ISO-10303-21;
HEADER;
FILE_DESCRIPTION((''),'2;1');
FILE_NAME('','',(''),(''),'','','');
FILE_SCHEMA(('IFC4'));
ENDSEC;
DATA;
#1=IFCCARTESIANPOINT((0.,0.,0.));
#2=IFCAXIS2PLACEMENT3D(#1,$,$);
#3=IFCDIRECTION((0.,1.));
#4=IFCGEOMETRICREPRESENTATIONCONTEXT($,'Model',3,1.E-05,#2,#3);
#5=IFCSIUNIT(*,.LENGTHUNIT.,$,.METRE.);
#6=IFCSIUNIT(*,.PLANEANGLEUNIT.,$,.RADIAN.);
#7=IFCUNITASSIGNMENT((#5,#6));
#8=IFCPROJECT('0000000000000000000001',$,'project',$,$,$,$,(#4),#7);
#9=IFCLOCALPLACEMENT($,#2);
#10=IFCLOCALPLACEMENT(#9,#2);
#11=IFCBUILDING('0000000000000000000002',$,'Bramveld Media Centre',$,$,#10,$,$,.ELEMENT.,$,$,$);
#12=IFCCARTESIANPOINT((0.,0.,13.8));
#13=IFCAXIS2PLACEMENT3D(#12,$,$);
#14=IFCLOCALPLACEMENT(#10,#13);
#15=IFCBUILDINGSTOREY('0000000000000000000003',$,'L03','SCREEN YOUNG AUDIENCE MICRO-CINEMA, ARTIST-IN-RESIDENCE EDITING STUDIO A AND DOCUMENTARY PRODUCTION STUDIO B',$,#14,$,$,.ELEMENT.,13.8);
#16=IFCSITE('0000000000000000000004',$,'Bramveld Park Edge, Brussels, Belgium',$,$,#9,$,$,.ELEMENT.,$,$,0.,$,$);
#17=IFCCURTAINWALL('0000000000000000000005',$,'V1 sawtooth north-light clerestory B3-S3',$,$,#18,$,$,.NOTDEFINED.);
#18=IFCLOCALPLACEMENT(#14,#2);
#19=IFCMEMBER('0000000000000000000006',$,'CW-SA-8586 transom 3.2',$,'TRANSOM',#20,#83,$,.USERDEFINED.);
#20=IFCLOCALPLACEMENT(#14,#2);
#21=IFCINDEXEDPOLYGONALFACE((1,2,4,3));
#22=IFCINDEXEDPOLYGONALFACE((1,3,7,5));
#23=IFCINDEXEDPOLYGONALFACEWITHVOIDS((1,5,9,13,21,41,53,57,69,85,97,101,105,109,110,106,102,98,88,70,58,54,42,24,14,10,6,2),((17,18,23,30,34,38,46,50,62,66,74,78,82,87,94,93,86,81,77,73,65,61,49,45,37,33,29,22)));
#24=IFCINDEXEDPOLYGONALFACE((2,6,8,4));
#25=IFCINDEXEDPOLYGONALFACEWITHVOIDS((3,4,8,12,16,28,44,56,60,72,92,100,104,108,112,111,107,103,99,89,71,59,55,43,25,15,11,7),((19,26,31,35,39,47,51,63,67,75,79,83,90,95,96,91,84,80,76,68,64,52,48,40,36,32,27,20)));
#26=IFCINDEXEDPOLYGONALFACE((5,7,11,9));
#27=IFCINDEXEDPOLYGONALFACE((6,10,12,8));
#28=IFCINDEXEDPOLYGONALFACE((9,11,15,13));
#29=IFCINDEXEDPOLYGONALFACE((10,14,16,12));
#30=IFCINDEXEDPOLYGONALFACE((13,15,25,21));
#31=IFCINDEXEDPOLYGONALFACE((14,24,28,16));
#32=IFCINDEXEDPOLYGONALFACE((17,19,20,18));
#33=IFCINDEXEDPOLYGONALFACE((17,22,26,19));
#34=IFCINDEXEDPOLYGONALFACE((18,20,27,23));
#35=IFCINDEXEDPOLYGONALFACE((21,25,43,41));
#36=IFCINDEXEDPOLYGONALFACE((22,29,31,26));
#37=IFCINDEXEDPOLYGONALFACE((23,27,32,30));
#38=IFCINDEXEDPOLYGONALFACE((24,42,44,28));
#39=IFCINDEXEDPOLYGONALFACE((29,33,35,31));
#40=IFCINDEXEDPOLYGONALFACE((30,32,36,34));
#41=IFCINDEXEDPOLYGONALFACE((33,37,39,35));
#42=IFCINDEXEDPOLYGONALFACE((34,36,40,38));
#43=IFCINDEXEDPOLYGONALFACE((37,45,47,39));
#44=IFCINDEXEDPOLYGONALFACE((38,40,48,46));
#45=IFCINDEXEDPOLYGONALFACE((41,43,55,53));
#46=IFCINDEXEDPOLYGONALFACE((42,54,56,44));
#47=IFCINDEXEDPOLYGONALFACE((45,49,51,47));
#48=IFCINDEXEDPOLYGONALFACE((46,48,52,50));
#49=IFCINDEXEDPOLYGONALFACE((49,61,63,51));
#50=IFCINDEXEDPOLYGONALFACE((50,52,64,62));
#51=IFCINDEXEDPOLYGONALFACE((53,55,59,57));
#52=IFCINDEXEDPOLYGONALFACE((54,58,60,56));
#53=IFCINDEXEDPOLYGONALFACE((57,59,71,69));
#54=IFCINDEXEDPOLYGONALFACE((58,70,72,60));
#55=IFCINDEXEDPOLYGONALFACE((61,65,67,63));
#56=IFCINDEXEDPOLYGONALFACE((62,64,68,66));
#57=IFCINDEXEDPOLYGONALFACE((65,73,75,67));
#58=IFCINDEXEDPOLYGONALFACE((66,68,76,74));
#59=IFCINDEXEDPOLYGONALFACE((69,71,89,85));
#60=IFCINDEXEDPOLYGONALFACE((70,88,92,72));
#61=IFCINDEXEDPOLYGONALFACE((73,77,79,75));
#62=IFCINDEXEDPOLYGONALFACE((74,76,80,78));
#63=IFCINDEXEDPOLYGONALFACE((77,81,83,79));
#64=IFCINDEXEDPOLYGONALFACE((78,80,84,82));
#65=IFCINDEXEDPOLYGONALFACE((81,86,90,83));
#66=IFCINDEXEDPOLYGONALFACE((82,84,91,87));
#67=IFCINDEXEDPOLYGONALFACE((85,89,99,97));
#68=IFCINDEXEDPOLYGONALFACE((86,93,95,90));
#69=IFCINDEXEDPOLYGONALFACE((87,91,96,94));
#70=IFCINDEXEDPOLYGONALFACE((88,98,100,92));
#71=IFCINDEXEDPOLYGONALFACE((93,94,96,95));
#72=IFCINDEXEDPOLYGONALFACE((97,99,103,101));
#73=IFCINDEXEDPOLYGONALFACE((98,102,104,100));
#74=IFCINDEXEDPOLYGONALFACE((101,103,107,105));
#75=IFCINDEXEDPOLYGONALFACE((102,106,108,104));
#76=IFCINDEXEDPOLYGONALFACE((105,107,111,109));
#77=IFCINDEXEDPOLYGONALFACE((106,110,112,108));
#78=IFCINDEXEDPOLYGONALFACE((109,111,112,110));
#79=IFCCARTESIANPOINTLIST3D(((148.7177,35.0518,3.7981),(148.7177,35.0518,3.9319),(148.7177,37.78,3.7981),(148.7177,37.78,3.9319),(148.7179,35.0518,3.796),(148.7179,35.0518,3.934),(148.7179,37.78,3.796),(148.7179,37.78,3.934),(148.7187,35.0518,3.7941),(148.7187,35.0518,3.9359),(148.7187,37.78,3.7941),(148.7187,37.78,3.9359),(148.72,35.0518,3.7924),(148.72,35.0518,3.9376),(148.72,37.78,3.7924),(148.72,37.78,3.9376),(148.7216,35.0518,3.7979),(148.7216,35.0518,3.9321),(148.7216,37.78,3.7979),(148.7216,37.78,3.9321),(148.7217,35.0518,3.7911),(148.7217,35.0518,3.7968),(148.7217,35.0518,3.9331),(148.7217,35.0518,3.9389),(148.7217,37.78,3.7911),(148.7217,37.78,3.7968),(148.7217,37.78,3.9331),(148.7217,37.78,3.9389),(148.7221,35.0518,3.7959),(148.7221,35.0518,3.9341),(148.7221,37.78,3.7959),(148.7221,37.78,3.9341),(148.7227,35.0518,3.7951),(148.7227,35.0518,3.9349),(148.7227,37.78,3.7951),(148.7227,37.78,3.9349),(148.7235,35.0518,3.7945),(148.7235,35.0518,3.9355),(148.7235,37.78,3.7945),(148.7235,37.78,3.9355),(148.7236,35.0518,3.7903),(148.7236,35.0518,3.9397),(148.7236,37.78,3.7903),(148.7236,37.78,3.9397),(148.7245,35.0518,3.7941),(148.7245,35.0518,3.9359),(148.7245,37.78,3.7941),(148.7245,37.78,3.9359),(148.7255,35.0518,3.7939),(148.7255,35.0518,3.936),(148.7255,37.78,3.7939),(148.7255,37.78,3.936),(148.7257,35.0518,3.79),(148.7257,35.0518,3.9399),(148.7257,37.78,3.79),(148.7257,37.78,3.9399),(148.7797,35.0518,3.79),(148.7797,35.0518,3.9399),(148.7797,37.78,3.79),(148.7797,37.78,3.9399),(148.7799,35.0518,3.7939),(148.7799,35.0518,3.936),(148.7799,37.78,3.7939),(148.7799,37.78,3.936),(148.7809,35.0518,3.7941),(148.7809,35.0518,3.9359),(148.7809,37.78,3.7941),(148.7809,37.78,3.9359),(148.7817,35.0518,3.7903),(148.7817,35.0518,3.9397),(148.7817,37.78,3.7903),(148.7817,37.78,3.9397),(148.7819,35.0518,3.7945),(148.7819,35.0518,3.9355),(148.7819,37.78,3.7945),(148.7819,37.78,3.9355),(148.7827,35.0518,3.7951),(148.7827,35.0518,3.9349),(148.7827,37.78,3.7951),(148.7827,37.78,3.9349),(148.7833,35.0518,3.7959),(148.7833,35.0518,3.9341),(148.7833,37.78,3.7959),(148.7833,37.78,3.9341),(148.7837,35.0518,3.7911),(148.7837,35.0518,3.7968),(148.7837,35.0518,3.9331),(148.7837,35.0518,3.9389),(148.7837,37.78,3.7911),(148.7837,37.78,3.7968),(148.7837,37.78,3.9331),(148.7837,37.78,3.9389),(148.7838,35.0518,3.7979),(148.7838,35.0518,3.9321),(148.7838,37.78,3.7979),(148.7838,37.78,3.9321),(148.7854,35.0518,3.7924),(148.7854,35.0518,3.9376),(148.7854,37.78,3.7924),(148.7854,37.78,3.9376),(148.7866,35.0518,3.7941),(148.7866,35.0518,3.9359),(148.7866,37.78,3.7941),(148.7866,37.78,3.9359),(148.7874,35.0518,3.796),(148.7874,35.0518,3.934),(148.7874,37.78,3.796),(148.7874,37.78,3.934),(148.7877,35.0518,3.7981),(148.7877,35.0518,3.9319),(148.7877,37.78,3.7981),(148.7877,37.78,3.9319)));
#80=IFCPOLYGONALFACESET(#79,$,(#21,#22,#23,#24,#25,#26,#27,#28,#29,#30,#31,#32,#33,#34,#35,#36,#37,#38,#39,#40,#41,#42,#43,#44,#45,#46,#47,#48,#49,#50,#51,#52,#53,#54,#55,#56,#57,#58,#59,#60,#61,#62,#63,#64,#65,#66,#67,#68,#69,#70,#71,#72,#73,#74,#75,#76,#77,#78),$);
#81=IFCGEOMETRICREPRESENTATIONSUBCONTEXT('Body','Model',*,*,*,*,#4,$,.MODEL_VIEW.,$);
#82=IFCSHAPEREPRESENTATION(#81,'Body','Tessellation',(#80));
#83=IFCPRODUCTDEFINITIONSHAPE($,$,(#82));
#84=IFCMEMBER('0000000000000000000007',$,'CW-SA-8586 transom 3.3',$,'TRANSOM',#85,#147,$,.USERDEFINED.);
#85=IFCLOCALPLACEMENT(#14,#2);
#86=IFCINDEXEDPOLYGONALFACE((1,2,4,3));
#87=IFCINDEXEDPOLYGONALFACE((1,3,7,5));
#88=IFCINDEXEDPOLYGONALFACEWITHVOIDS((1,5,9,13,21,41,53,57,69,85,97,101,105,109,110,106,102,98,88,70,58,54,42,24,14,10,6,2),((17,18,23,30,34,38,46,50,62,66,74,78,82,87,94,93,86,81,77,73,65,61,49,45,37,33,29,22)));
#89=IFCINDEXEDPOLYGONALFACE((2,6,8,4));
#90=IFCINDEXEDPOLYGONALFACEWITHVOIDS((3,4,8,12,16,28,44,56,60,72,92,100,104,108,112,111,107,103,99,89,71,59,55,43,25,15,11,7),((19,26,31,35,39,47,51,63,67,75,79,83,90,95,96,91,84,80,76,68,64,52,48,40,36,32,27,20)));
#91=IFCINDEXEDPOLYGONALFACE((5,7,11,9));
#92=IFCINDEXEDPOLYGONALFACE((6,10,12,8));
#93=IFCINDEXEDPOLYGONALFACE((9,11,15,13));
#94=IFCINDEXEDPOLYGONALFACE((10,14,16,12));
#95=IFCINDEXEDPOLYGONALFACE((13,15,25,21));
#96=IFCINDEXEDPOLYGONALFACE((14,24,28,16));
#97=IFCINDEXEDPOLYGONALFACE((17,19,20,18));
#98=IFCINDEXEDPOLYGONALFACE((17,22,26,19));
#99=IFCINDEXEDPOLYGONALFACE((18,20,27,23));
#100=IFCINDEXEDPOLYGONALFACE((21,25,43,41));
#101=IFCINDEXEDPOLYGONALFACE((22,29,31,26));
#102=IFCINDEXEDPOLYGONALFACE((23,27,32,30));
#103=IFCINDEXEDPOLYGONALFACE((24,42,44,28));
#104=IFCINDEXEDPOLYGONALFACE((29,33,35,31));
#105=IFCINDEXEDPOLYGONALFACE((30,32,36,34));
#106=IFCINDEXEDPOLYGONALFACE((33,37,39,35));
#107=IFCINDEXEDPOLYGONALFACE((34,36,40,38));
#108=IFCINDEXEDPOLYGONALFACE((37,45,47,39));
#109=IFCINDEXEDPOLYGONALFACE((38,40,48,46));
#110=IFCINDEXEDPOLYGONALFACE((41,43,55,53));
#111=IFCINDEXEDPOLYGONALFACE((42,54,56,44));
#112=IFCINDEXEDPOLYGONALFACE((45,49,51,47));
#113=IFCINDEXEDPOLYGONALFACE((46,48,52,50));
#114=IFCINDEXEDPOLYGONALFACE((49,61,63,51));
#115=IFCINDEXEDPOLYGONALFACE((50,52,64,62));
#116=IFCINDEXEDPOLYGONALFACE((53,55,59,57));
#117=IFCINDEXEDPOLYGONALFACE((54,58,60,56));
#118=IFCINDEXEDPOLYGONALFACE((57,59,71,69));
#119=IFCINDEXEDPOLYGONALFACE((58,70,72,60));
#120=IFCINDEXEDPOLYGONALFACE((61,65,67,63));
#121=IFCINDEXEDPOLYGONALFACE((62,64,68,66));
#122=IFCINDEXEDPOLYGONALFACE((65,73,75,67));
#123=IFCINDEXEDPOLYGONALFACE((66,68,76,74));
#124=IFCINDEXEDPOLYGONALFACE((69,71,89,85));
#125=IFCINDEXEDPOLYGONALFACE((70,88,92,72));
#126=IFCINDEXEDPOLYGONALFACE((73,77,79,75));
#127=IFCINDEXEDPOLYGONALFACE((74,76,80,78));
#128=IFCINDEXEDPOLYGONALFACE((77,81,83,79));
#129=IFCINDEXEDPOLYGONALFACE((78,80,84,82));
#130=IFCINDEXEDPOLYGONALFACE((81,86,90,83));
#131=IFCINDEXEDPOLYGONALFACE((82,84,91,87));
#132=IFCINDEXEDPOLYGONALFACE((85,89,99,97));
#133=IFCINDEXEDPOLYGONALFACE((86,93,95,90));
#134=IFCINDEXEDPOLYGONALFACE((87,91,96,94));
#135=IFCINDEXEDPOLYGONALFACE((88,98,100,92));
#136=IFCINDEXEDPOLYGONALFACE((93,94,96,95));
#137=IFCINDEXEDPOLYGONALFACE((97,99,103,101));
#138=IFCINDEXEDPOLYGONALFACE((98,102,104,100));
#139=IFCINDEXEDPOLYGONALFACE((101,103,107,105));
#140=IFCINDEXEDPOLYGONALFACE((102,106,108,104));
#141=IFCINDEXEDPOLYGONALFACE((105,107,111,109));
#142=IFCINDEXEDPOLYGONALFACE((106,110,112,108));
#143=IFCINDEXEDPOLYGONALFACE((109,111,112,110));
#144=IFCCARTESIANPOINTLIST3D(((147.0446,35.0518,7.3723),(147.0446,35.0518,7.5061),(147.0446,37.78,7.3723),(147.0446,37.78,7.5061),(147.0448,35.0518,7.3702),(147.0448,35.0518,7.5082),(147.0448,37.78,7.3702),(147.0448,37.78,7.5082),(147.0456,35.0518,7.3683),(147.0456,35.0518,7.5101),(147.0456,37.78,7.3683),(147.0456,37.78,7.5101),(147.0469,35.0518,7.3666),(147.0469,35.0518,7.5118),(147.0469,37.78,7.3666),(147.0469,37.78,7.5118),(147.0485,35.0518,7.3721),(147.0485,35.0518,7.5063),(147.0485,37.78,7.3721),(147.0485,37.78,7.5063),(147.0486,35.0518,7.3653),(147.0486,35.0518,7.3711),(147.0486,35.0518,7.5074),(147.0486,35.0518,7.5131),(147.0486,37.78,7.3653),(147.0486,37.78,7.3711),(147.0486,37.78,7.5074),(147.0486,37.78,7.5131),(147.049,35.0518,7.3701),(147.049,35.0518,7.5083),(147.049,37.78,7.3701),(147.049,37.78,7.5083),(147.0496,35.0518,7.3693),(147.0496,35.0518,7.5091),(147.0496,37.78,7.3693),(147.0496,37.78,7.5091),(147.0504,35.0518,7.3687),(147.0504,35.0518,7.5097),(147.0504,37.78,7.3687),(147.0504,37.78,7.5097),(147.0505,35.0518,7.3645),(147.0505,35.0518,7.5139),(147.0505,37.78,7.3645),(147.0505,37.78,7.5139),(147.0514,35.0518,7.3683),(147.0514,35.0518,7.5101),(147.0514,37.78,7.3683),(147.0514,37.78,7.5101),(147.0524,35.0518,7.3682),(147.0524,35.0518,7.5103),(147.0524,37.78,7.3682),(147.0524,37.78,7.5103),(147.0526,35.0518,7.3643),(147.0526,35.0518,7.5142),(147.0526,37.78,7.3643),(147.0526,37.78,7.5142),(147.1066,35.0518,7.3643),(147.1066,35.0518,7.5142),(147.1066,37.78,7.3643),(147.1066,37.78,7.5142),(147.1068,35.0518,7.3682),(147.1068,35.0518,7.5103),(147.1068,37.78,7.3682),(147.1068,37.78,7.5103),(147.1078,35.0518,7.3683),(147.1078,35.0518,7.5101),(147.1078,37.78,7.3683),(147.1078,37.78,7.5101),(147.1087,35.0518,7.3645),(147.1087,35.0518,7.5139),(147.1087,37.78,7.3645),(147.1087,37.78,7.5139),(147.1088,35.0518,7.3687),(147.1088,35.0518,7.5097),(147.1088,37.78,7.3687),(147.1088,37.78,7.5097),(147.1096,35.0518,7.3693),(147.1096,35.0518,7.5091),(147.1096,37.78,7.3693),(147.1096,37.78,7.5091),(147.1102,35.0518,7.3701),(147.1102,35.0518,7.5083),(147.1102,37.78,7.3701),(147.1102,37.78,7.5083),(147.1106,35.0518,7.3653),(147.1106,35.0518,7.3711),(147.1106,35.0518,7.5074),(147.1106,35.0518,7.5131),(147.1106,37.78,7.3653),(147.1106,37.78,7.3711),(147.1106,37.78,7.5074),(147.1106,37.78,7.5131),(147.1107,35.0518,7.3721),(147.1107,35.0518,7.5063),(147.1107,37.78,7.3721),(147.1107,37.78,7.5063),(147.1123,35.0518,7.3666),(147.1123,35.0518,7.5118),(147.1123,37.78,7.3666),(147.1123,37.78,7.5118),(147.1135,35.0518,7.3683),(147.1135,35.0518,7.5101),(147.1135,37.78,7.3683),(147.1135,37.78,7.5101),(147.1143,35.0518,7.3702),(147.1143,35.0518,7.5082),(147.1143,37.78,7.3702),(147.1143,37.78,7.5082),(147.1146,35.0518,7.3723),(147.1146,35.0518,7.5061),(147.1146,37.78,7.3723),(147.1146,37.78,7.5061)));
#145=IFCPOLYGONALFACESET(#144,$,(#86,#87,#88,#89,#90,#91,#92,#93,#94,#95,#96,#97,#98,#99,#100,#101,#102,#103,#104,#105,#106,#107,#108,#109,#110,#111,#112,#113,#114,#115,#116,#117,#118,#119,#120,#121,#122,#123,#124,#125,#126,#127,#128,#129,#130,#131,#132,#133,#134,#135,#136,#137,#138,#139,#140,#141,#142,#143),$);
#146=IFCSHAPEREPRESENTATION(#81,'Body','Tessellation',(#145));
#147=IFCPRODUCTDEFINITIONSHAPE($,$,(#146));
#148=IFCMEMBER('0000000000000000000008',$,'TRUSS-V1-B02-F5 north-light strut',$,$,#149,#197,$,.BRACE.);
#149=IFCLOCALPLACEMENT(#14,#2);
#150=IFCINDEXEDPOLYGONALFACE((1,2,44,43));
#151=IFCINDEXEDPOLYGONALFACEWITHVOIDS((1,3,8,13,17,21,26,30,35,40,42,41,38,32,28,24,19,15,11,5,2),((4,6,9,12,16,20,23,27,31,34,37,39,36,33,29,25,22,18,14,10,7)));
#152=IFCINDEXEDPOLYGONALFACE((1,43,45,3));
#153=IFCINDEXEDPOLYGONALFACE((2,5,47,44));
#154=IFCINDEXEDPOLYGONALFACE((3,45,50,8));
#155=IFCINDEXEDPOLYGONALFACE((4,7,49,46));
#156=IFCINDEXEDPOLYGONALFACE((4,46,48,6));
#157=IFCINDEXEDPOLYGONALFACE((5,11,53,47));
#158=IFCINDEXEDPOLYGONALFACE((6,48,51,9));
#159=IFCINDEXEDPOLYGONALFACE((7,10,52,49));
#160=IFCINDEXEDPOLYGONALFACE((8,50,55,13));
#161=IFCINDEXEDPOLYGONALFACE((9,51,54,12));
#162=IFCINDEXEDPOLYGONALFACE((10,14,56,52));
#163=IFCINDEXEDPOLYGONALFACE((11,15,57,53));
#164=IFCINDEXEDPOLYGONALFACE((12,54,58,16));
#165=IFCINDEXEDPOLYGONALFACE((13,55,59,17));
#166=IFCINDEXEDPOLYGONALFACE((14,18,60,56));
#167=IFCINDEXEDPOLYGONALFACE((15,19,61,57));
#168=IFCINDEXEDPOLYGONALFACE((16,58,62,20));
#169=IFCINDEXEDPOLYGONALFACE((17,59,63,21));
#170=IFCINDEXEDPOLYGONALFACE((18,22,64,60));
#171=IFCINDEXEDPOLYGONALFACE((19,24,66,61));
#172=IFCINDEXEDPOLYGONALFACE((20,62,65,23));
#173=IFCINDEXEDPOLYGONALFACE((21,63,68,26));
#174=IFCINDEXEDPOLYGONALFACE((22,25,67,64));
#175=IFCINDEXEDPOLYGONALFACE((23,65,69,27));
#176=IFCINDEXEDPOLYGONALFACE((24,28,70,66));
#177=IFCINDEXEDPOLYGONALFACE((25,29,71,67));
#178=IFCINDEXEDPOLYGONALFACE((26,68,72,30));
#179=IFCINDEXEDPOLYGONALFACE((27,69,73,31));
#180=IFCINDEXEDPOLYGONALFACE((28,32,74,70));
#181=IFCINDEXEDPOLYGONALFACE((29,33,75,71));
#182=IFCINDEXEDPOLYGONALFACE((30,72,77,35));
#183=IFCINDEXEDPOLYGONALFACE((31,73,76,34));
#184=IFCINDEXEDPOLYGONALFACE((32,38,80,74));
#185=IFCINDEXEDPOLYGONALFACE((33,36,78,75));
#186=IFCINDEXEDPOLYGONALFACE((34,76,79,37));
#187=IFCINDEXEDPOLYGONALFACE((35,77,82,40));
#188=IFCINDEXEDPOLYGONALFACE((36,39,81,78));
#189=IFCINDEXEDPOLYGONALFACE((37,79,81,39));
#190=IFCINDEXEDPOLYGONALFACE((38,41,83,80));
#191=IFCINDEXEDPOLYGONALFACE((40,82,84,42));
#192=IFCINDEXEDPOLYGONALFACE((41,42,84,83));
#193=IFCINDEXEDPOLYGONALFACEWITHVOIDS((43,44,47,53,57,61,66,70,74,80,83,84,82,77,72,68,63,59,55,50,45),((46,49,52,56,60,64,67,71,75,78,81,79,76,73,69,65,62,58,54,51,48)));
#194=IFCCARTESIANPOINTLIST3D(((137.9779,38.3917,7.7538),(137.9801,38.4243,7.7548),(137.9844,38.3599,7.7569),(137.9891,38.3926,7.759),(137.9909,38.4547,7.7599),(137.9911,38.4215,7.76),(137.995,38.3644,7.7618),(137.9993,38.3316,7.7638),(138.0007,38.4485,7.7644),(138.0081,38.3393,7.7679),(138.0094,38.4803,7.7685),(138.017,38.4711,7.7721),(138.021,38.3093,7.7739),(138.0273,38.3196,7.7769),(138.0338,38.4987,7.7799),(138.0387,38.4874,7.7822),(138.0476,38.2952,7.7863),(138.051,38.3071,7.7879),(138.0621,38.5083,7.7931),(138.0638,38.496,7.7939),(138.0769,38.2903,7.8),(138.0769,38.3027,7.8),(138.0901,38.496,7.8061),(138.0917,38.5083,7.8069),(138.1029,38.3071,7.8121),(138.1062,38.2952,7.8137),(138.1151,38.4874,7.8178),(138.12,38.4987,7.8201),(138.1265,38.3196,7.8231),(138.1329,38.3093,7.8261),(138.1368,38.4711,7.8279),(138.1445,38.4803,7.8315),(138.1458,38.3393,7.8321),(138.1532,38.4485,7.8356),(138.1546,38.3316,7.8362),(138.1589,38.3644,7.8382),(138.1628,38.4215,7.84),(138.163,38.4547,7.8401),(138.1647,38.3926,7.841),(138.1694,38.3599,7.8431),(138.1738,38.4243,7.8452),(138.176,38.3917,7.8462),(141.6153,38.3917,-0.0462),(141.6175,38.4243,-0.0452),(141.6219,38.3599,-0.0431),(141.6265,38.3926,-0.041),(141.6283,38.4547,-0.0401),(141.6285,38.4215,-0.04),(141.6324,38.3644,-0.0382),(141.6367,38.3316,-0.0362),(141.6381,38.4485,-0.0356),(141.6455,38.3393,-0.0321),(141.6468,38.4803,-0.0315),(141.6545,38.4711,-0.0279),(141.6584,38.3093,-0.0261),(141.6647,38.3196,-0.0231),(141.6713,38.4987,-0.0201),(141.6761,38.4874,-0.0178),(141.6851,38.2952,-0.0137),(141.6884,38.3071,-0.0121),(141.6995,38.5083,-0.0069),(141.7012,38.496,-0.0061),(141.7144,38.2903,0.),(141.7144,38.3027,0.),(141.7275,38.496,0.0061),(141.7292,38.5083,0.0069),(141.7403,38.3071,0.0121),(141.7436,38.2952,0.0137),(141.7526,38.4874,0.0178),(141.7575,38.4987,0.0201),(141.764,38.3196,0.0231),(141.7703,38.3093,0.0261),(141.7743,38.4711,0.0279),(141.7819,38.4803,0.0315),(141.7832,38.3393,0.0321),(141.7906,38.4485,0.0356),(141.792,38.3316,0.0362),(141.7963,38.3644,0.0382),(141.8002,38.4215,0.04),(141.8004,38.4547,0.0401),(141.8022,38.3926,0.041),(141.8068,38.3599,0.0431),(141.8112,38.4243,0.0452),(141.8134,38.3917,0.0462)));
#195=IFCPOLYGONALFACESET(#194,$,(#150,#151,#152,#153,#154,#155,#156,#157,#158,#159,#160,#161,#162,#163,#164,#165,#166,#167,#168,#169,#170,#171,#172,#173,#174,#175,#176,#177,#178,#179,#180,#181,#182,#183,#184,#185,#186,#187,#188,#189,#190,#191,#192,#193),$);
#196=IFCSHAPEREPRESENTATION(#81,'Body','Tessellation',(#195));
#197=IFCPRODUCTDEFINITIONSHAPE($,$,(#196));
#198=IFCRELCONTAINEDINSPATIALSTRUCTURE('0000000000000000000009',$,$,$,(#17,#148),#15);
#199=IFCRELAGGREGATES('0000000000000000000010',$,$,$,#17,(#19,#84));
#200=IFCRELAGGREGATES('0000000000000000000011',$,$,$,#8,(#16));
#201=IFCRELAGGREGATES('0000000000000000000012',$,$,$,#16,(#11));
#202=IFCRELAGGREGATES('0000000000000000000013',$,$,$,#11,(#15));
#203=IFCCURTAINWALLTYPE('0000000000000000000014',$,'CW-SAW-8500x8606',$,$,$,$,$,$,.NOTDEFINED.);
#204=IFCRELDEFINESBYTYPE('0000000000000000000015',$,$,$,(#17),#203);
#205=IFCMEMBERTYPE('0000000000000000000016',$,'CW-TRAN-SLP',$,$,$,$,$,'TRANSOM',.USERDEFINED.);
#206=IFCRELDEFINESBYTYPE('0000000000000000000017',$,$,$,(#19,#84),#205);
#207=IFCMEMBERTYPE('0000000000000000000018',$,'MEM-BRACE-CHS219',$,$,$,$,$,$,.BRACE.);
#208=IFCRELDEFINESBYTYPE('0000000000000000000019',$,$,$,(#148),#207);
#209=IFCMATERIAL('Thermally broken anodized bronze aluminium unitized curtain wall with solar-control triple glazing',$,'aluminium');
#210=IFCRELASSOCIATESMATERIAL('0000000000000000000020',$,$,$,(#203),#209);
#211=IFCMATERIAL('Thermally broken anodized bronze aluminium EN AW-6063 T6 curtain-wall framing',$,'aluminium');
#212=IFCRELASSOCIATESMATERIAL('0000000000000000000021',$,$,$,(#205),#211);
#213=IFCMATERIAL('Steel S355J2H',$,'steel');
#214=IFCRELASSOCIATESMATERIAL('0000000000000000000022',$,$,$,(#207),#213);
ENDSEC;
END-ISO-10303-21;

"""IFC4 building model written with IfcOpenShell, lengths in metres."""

from ifc_helpers import new_model, si_unit, direction, frame, origin, origin_2d, place, context, subcontext, project, spatial, hollow_rectangle, hollow_circle, extrude, material, material_profile, profile_set, type_object, element, aggregate, save


model = new_model("IFC4")

# Units and contexts
model_context = context("Model", 3, precision=1e-05, world=origin(), true_north=direction((0.0, 1.0)))
body_context = subcontext(model_context, "Body", "Model", "MODEL_VIEW")
ifc_project = project(units=[si_unit("LENGTHUNIT", "METRE"), si_unit("PLANEANGLEUNIT", "RADIAN")], contexts=[model_context])

# Site, building, storey
site_placement = place(None, origin())
site = spatial("IfcSite", under=ifc_project, at=site_placement, Name="Bramveld Park Edge, Brussels, Belgium", CompositionType="ELEMENT", RefElevation=0.0)
building_placement = place(site_placement, origin())
building = spatial("IfcBuilding", under=site, at=building_placement, Name="Bramveld Media Centre", CompositionType="ELEMENT")
storey_placement = place(building_placement, frame((0.0, 0.0, 13.8)))
storey = spatial("IfcBuildingStorey", under=building, at=storey_placement, Name="L03", Description="SCREEN YOUNG AUDIENCE MICRO-CINEMA, ARTIST-IN-RESIDENCE EDITING STUDIO A AND DOCUMENTARY PRODUCTION STUDIO B", CompositionType="ELEMENT", Elevation=13.8)

# Curtain wall, members
ifc_material_1 = material(Name="Thermally broken anodized bronze aluminium unitized curtain wall with solar-control triple glazing", Category="aluminium")
curtain_wall_type = type_object("IfcCurtainWallType", Name="CW-SAW-8500x8606", PredefinedType="NOTDEFINED", material=ifc_material_1)
ifc_material_2 = material(Name="Thermally broken anodized bronze aluminium EN AW-6063 T6 curtain-wall framing", Category="aluminium")
ifc_material_profile_1 = material_profile(ifc_material_2, hollow_rectangle(XDim=0.0701, YDim=0.1499, WallThickness=0.0039, InnerFilletRadius=0.0039, OuterFilletRadius=0.0081, at=origin_2d()), Name="AL-TRAN 70x150")
ifc_profile_set_1 = profile_set([ifc_material_profile_1], Name="Thermally broken anodized bronze aluminium EN AW-6063 T6 curtain-wall framing")
member_type_1 = type_object("IfcMemberType", Name="CW-TRAN-SLP", ElementType="TRANSOM", PredefinedType="USERDEFINED", material=ifc_profile_set_1)
curtain_wall_1_placement = place(storey_placement, origin())
curtain_wall_1 = element("IfcCurtainWall", 1, at=curtain_wall_1_placement, inside=storey, type_object=curtain_wall_type, Name="V1 sawtooth north-light clerestory B3-S3", PredefinedType="NOTDEFINED")
member_1_placement = place(storey_placement, frame((148.7527, 35.0518, 3.865), z_axis=(0.0, 1.0, 0.0), x_axis=(-1.0, 0.0, 0.0)))
member_1 = element("IfcMember", 2, at=member_1_placement, type_object=member_type_1, Name="CW-SA-8586 transom 3.2", ObjectType="TRANSOM", PredefinedType="USERDEFINED", context=body_context, shape_type="SweptSolid", body=[
    extrude(hollow_rectangle(XDim=0.0701, YDim=0.1499, WallThickness=0.0039, InnerFilletRadius=0.0039, OuterFilletRadius=0.0081, at=origin_2d()), origin(), (0.0, 0.0, 1.0), 2.7283),
])
member_2_placement = place(storey_placement, frame((147.0796, 35.0518, 7.4392), z_axis=(0.0, 1.0, 0.0), x_axis=(-1.0, 0.0, 0.0)))
member_2 = element("IfcMember", 3, at=member_2_placement, type_object=member_type_1, Name="CW-SA-8586 transom 3.3", ObjectType="TRANSOM", PredefinedType="USERDEFINED", context=body_context, shape_type="SweptSolid", body=[
    extrude(hollow_rectangle(XDim=0.0701, YDim=0.1499, WallThickness=0.0039, InnerFilletRadius=0.0039, OuterFilletRadius=0.0081, at=origin_2d()), origin(), (0.0, 0.0, 1.0), 2.7283),
])

# Member
ifc_material_3 = material(Name="Steel S355J2H", Category="steel")
ifc_material_profile_2 = material_profile(ifc_material_3, hollow_circle(Radius=0.1096, WallThickness=0.0125, at=origin_2d()), Name="CHS 219.1x12.5")
ifc_profile_set_2 = profile_set([ifc_material_profile_2], Name="Steel S355J2H")
member_type_2 = type_object("IfcMemberType", Name="MEM-BRACE-CHS219", PredefinedType="BRACE", material=ifc_profile_set_2)
member_3_placement = place(storey_placement, frame((141.7144, 38.3999, 0.0), z_axis=(-0.42264, 0.0, 0.906298), x_axis=(0.0, -1.0, 0.0)))
element("IfcMember", 4, at=member_3_placement, inside=storey, type_object=member_type_2, Name="TRUSS-V1-B02-F5 north-light strut", PredefinedType="BRACE", context=body_context, shape_type="SweptSolid", body=[
    extrude(hollow_circle(Radius=0.1096, WallThickness=0.0125, at=origin_2d()), origin(), (0.0, 0.0, 1.0), 8.6064),
])

aggregate(curtain_wall_1, [member_1, member_2])

save(model, "model.ifc")
